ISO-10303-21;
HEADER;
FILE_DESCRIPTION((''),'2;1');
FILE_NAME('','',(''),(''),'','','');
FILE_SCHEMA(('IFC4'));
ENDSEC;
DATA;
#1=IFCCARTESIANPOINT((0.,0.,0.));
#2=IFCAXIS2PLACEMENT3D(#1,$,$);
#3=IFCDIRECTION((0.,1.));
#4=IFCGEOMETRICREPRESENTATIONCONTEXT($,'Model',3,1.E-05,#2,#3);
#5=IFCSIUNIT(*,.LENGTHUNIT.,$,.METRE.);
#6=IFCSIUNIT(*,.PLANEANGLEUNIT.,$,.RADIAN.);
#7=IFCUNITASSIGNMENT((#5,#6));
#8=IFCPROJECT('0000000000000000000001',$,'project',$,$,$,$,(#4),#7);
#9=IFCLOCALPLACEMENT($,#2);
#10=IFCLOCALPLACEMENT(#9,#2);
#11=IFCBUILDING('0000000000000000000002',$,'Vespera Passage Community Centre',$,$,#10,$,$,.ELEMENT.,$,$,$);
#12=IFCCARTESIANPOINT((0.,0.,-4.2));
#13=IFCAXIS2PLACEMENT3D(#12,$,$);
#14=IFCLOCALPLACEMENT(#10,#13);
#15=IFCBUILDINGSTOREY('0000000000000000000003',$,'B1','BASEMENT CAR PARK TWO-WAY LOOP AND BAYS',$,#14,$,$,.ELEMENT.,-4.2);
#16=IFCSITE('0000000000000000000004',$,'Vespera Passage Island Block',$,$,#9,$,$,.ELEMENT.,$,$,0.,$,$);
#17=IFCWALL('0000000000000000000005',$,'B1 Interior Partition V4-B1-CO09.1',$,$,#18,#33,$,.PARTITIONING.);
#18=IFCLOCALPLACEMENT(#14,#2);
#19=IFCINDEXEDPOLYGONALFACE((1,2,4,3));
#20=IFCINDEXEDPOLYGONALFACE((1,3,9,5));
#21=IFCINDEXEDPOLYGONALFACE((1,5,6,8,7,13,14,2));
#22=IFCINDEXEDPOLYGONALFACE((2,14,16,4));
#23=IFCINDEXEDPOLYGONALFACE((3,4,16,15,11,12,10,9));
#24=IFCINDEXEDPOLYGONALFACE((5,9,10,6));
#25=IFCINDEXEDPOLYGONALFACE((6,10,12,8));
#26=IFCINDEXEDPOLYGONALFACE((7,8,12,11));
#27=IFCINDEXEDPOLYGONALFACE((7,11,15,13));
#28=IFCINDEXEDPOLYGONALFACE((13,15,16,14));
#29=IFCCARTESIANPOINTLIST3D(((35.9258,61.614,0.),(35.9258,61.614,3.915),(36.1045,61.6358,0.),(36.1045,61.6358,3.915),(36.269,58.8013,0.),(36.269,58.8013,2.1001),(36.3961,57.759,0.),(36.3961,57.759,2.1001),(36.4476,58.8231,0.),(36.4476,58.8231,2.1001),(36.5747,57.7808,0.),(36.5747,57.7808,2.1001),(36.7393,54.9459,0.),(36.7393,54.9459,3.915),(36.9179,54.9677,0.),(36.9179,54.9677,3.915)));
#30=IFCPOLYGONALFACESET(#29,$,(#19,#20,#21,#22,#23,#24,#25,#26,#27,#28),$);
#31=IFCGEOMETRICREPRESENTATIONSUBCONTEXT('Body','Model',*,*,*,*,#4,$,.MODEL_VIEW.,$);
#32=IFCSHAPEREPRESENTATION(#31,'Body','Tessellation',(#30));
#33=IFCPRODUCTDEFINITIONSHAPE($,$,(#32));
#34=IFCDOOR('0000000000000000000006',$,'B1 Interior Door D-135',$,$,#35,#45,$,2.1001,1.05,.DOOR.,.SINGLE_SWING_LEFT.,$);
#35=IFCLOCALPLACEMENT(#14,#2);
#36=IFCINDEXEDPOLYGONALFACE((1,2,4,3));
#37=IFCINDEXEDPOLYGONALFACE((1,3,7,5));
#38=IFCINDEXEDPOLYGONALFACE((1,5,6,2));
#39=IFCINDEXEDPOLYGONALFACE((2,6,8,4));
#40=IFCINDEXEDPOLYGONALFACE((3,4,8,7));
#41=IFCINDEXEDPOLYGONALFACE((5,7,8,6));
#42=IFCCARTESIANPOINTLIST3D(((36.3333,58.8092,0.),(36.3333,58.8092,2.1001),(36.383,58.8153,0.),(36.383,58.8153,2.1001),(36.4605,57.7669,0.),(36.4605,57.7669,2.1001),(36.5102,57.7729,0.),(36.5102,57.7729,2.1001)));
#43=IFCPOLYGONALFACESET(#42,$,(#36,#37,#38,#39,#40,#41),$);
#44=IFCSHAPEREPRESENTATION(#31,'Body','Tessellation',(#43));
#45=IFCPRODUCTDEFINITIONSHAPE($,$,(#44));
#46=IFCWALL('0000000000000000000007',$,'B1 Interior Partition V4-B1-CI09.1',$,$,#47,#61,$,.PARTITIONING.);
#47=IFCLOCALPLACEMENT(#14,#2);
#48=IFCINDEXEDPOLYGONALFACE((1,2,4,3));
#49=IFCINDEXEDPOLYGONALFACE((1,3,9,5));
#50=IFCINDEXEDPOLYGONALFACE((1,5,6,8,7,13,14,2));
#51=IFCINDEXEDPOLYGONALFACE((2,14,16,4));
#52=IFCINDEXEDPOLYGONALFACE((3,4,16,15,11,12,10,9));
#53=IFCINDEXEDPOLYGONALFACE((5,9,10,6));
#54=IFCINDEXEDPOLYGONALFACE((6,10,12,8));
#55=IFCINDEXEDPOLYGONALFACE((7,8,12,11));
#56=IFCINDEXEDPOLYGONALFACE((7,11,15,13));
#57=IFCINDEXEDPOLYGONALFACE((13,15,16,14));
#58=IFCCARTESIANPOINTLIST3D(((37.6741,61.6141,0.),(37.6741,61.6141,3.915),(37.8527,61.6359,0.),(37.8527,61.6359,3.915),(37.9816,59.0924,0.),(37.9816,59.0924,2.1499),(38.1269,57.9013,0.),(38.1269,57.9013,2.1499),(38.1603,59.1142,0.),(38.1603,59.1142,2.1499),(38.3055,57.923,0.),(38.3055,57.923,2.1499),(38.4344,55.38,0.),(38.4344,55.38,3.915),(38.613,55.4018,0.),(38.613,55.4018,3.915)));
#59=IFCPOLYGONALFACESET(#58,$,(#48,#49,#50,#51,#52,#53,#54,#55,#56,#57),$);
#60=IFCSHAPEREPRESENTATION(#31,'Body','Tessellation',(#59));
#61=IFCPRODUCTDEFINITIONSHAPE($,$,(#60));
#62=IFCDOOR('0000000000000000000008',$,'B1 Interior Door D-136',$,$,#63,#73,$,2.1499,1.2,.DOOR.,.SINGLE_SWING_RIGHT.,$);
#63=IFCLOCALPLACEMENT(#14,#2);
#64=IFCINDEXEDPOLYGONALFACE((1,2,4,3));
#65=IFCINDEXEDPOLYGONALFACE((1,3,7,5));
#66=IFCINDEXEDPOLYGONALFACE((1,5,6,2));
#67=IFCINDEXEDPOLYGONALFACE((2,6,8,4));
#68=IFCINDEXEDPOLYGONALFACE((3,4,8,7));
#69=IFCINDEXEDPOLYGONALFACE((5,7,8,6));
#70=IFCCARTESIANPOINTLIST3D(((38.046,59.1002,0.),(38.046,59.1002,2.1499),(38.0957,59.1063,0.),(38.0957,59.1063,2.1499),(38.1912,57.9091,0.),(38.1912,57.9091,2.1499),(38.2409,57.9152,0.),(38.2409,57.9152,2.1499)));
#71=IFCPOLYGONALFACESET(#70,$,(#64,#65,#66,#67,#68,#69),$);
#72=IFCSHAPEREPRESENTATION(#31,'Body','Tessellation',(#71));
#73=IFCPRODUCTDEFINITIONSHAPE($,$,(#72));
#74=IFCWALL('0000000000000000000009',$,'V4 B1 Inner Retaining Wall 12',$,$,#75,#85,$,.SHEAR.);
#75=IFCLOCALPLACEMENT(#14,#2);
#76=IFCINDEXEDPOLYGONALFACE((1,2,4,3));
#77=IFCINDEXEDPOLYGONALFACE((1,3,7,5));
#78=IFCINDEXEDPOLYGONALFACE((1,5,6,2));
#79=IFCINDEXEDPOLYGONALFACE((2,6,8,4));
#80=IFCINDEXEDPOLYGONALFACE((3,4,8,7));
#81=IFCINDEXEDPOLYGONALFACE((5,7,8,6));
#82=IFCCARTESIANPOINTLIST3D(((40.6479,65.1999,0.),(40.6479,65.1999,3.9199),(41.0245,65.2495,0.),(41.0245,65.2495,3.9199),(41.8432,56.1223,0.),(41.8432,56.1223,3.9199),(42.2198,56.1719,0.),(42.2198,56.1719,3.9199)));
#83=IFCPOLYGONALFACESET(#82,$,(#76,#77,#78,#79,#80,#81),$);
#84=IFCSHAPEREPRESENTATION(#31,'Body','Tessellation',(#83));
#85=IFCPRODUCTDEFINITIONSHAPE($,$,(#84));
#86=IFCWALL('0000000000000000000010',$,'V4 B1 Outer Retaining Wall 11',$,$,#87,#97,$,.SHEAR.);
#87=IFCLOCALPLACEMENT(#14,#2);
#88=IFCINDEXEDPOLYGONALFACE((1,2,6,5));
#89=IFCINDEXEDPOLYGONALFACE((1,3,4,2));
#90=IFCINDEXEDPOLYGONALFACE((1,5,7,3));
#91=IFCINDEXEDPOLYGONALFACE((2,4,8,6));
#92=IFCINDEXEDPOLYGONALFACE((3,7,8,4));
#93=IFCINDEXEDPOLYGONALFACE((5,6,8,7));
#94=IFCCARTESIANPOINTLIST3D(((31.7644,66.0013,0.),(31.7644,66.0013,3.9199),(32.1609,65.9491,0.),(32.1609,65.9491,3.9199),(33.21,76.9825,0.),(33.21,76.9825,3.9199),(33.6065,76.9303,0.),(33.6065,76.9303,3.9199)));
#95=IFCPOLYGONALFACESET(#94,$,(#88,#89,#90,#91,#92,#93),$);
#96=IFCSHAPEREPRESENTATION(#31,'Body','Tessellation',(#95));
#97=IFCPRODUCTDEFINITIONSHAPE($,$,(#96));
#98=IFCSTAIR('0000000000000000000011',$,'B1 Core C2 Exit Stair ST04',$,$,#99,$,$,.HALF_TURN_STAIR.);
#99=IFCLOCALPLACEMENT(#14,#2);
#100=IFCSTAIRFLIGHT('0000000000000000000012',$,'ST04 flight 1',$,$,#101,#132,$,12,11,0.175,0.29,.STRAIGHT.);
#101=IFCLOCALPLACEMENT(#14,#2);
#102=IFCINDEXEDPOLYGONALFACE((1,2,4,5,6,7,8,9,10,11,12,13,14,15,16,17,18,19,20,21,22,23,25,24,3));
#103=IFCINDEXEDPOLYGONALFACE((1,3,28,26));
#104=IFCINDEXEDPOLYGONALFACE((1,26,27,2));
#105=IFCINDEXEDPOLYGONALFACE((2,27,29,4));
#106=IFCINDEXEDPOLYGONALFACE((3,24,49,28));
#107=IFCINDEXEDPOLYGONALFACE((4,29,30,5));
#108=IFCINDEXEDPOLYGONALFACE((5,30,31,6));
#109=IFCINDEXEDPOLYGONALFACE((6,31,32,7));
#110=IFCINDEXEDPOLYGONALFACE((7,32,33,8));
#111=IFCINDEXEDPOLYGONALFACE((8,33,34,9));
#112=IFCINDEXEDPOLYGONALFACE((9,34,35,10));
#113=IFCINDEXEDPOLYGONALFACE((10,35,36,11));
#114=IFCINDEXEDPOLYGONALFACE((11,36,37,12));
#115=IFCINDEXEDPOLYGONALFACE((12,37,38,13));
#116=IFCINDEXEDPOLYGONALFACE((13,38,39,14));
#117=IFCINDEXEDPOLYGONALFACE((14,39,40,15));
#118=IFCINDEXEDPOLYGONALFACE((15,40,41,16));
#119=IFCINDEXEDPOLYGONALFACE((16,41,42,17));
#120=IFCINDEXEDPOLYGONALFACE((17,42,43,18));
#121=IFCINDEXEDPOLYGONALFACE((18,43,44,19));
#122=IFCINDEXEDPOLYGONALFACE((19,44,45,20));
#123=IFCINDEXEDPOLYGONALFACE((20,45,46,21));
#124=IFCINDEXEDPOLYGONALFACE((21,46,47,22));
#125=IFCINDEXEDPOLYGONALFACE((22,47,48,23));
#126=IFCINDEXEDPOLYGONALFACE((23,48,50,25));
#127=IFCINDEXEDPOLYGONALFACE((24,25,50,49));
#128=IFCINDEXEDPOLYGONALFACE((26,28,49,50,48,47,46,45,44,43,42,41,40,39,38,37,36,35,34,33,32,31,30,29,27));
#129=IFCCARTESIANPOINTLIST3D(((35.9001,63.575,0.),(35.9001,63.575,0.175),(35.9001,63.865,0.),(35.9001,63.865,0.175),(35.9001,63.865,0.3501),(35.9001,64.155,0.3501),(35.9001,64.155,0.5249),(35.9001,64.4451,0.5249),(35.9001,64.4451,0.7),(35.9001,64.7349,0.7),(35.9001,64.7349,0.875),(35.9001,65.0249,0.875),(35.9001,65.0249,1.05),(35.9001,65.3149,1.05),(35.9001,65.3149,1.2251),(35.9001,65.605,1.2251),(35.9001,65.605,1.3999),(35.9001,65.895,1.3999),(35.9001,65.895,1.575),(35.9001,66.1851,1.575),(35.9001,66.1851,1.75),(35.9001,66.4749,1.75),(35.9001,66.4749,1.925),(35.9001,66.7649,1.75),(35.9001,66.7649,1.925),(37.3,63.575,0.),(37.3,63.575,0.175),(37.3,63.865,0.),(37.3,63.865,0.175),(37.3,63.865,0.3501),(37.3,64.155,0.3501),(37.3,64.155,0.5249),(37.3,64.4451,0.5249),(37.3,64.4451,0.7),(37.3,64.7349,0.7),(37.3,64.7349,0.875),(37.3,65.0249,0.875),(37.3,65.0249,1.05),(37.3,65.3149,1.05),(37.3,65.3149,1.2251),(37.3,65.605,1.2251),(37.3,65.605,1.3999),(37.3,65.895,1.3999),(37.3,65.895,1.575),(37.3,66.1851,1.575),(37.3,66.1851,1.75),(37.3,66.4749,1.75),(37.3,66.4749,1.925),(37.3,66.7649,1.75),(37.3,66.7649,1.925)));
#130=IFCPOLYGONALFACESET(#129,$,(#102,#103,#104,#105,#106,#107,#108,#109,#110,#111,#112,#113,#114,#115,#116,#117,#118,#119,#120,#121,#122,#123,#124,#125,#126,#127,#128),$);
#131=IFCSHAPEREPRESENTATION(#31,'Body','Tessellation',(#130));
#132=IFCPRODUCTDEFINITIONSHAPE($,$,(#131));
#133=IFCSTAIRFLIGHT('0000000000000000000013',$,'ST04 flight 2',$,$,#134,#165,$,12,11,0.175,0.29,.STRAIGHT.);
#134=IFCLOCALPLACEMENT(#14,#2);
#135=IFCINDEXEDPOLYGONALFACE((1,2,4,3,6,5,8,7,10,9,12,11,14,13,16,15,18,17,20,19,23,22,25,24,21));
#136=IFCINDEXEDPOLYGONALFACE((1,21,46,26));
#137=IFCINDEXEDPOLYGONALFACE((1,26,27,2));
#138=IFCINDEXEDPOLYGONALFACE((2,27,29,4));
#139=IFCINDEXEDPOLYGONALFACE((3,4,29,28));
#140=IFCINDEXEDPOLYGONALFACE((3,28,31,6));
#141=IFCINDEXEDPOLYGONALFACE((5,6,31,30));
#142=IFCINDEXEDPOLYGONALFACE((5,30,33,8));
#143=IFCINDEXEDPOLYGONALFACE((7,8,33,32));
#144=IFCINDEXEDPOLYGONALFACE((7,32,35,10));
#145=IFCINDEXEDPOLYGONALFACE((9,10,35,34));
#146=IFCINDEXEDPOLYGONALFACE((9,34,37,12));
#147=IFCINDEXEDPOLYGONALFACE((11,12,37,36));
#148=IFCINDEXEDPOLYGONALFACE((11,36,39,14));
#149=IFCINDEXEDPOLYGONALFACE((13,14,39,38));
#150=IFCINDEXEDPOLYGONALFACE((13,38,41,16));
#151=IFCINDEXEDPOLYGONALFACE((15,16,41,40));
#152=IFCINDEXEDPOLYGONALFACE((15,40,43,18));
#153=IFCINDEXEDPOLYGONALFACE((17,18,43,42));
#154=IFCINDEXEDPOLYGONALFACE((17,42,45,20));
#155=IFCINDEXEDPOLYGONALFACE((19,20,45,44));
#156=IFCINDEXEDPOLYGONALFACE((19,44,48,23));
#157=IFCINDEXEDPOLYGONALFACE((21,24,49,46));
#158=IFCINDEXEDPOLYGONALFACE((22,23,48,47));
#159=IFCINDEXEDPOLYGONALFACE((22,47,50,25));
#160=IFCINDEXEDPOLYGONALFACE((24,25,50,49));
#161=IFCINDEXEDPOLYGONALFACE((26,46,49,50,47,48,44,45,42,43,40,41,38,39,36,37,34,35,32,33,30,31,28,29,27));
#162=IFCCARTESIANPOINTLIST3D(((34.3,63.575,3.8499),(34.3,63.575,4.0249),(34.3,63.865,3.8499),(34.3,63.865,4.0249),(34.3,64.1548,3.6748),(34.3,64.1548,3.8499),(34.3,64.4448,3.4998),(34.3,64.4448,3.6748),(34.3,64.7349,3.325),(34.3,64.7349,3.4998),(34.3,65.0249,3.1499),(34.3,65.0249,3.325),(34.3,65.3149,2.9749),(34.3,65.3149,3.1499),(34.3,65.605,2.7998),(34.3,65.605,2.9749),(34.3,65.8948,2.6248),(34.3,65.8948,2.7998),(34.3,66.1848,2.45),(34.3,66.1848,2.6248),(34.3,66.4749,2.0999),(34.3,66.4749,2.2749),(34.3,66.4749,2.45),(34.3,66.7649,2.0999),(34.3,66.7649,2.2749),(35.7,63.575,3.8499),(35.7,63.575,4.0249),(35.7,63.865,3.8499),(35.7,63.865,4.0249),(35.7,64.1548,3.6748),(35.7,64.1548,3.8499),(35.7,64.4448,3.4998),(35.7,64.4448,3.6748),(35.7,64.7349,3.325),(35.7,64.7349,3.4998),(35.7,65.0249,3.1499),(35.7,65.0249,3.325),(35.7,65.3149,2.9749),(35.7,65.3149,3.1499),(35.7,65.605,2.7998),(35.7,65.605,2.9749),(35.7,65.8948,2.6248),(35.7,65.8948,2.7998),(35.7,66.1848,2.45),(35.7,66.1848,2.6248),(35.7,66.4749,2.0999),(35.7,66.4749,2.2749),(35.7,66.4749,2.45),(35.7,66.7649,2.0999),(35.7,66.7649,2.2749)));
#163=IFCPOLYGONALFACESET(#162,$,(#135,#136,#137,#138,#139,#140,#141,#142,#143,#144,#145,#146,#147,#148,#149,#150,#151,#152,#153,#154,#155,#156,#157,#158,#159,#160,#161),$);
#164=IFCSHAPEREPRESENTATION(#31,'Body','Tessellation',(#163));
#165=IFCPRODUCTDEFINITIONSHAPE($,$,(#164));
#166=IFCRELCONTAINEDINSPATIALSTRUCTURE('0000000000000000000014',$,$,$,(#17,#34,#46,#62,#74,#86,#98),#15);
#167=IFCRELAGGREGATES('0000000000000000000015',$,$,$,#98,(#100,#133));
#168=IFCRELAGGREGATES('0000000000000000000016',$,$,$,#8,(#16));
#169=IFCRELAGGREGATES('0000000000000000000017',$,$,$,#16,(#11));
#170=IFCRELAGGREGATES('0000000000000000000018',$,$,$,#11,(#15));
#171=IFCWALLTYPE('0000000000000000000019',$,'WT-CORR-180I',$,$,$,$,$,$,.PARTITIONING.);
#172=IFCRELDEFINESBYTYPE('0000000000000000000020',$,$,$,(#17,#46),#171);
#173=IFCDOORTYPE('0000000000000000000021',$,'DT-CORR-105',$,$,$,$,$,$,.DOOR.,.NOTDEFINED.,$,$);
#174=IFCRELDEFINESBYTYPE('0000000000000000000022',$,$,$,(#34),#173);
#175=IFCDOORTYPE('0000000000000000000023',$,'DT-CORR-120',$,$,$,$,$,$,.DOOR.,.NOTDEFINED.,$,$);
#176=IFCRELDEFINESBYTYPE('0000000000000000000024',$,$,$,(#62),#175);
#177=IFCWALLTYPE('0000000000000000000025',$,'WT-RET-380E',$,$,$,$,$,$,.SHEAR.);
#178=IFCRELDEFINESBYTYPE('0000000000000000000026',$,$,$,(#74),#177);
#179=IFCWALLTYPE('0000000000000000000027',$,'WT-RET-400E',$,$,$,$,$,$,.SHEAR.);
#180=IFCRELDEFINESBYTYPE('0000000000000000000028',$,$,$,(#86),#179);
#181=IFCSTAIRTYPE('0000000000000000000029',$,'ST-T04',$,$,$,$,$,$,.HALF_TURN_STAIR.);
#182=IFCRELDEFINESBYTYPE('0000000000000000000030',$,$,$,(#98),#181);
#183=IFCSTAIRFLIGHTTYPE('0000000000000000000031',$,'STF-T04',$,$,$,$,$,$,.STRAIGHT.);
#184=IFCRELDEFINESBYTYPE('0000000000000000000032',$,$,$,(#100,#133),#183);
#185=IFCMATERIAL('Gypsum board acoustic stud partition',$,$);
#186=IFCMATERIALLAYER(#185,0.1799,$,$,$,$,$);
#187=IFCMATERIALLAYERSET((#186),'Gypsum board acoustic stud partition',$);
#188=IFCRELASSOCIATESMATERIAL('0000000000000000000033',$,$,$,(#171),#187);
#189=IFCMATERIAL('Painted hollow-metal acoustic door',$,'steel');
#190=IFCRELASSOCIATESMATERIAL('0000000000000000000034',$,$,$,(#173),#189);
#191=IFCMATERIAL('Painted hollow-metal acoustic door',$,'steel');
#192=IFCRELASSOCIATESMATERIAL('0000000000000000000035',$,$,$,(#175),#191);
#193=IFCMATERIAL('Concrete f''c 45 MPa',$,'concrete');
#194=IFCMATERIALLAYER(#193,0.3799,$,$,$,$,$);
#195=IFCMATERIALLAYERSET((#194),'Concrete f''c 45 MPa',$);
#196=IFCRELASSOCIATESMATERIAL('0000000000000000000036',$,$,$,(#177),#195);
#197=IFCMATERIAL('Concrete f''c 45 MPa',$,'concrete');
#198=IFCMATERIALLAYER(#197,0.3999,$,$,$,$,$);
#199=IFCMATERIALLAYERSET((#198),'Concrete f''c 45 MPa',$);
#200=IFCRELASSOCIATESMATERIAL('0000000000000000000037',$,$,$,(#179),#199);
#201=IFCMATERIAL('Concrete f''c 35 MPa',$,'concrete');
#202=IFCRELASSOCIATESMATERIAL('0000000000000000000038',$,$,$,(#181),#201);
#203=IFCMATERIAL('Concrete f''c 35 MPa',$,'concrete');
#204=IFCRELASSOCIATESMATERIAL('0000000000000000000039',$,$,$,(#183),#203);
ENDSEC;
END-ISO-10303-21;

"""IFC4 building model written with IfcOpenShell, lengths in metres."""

from ifc_helpers import new_model, si_unit, direction, frame, frame_2d, origin, place, context, subcontext, project, spatial, polyline, rectangle, outline, extrude, material, layer, layer_set, type_object, element, fill, aggregate, save


model = new_model("IFC4")

# Units and contexts
model_context = context("Model", 3, precision=1e-05, world=origin(), true_north=direction((0.0, 1.0)))
body_context = subcontext(model_context, "Body", "Model", "MODEL_VIEW")
ifc_project = project(units=[si_unit("LENGTHUNIT", "METRE"), si_unit("PLANEANGLEUNIT", "RADIAN")], contexts=[model_context])

# Site, building, storey
site_placement = place(None, origin())
site = spatial("IfcSite", under=ifc_project, at=site_placement, Name="Vespera Passage Island Block", CompositionType="ELEMENT", RefElevation=0.0)
building_placement = place(site_placement, origin())
building = spatial("IfcBuilding", under=site, at=building_placement, Name="Vespera Passage Community Centre", CompositionType="ELEMENT")
storey_placement = place(building_placement, frame((0.0, 0.0, -4.2)))
storey = spatial("IfcBuildingStorey", under=building, at=storey_placement, Name="B1", Description="BASEMENT CAR PARK TWO-WAY LOOP AND BAYS", CompositionType="ELEMENT", Elevation=-4.2)

# Walls, openings, doors
ifc_material_1 = material(Name="Gypsum board acoustic stud partition")
ifc_layer_1 = layer(ifc_material_1, 0.1799)
ifc_layer_set_1 = layer_set([ifc_layer_1], Name="Gypsum board acoustic stud partition")
wall_type_1 = type_object("IfcWallType", Name="WT-CORR-180I", PredefinedType="PARTITIONING", material=ifc_layer_set_1)
wall_1_placement = place(storey_placement, frame((36.0151, 61.625, 0.0), z_axis=(0.0, 0.0, 1.0), x_axis=(0.121095, -0.992641, 0.0)))
wall_1 = element("IfcWall", 1, at=wall_1_placement, inside=storey, type_object=wall_type_1, Name="B1 Interior Partition V4-B1-CO09.1", PredefinedType="PARTITIONING", context=body_context, shape_type="SweptSolid", body=[
    extrude(rectangle(XDim=6.7175, YDim=0.1799, at=frame_2d((3.3589, 0.0))), origin(), (0.0, 0.0, 1.0), 3.915),
])
opening_1_placement = place(wall_1_placement, frame((2.8337, 0.0, 0.0)))
opening_1 = element("IfcOpeningElement", 2, at=opening_1_placement, cuts=wall_1, PredefinedType="OPENING", context=body_context, shape_type="SweptSolid", body=[
    extrude(rectangle(XDim=1.05, YDim=2.1001, at=frame_2d((0.5249, 1.05))), frame((0.0, 0.0999, 0.0), z_axis=(0.0, -1.0, 0.0), x_axis=(1.0, 0.0, 0.0)), (0.0, 0.0, 1.0), 0.2),
])
ifc_material_2 = material(Name="Painted hollow-metal acoustic door", Category="steel")
door_type_1 = type_object("IfcDoorType", Name="DT-CORR-105", OperationType="NOTDEFINED", PredefinedType="DOOR", material=ifc_material_2)
door_1_placement = place(opening_1_placement, origin())
door_1 = element("IfcDoor", 3, at=door_1_placement, inside=storey, type_object=door_type_1, Name="B1 Interior Door D-135", OperationType="SINGLE_SWING_LEFT", OverallHeight=2.1001, OverallWidth=1.05, PredefinedType="DOOR", context=body_context, shape_type="SweptSolid", body=[
    extrude(rectangle(XDim=1.05, YDim=2.1001, at=frame_2d((0.5249, 1.05))), frame((0.0, 0.0249, 0.0), z_axis=(0.0, -1.0, 0.0), x_axis=(1.0, 0.0, 0.0)), (0.0, 0.0, 1.0), 0.05),
])
fill(opening_1, door_1)
wall_2_placement = place(storey_placement, frame((37.7634, 61.625, 0.0), z_axis=(0.0, 0.0, 1.0), x_axis=(0.121053, -0.992646, 0.0)))
wall_2 = element("IfcWall", 4, at=wall_2_placement, inside=storey, type_object=wall_type_1, Name="B1 Interior Partition V4-B1-CI09.1", PredefinedType="PARTITIONING", context=body_context, shape_type="SweptSolid", body=[
    extrude(rectangle(XDim=6.2803, YDim=0.1799, at=frame_2d((3.1401, 0.0))), origin(), (0.0, 0.0, 1.0), 3.915),
])
opening_2_placement = place(wall_2_placement, frame((2.5403, 0.0, 0.0)))
opening_2 = element("IfcOpeningElement", 5, at=opening_2_placement, cuts=wall_2, PredefinedType="OPENING", context=body_context, shape_type="SweptSolid", body=[
    extrude(rectangle(XDim=1.2, YDim=2.1499, at=frame_2d((0.6001, 1.075))), frame((0.0, 0.0999, 0.0), z_axis=(0.0, -1.0, 0.0), x_axis=(1.0, 0.0, 0.0)), (0.0, 0.0, 1.0), 0.2),
])
ifc_material_3 = material(Name="Painted hollow-metal acoustic door", Category="steel")
door_type_2 = type_object("IfcDoorType", Name="DT-CORR-120", OperationType="NOTDEFINED", PredefinedType="DOOR", material=ifc_material_3)
door_2_placement = place(opening_2_placement, origin())
door_2 = element("IfcDoor", 6, at=door_2_placement, inside=storey, type_object=door_type_2, Name="B1 Interior Door D-136", OperationType="SINGLE_SWING_RIGHT", OverallHeight=2.1499, OverallWidth=1.2, PredefinedType="DOOR", context=body_context, shape_type="SweptSolid", body=[
    extrude(rectangle(XDim=1.2, YDim=2.1499, at=frame_2d((0.6001, 1.075))), frame((0.0, 0.0249, 0.0), z_axis=(0.0, -1.0, 0.0), x_axis=(1.0, 0.0, 0.0)), (0.0, 0.0, 1.0), 0.05),
])
fill(opening_2, door_2)

# Walls
ifc_material_4 = material(Name="Concrete f'c 45 MPa", Category="concrete")
ifc_layer_2 = layer(ifc_material_4, 0.3799)
ifc_layer_set_2 = layer_set([ifc_layer_2], Name="Concrete f'c 45 MPa")
wall_type_2 = type_object("IfcWallType", Name="WT-RET-380E", PredefinedType="SHEAR", material=ifc_layer_set_2)
wall_3_placement = place(storey_placement, frame((40.8362, 65.2249, 0.0), z_axis=(0.0, 0.0, 1.0), x_axis=(0.13055, -0.991442, 0.0)))
element("IfcWall", 7, at=wall_3_placement, inside=storey, type_object=wall_type_2, Name="V4 B1 Inner Retaining Wall 12", PredefinedType="SHEAR", context=body_context, shape_type="SweptSolid", body=[
    extrude(rectangle(XDim=9.156, YDim=0.3799, at=frame_2d((4.5781, 0.0))), origin(), (0.0, 0.0, 1.0), 3.9199),
])
ifc_material_5 = material(Name="Concrete f'c 45 MPa", Category="concrete")
ifc_layer_3 = layer(ifc_material_5, 0.3999)
ifc_layer_set_3 = layer_set([ifc_layer_3], Name="Concrete f'c 45 MPa")
wall_type_3 = type_object("IfcWallType", Name="WT-RET-400E", PredefinedType="SHEAR", material=ifc_layer_set_3)
wall_4_placement = place(storey_placement, frame((31.9626, 65.9751, 0.0), z_axis=(0.0, 0.0, 1.0), x_axis=(0.130513, 0.991447, 0.0)))
element("IfcWall", 8, at=wall_4_placement, inside=storey, type_object=wall_type_3, Name="V4 B1 Outer Retaining Wall 11", PredefinedType="SHEAR", context=body_context, shape_type="SweptSolid", body=[
    extrude(rectangle(XDim=11.0759, YDim=0.3999, at=frame_2d((5.5381, 0.0))), origin(), (0.0, 0.0, 1.0), 3.9199),
])

# Stair, stair flights
ifc_material_6 = material(Name="Concrete f'c 35 MPa", Category="concrete")
stair_type = type_object("IfcStairType", Name="ST-T04", PredefinedType="HALF_TURN_STAIR", material=ifc_material_6)
stair_placement = place(storey_placement, origin())
stair = element("IfcStair", 9, at=stair_placement, inside=storey, type_object=stair_type, Name="B1 Core C2 Exit Stair ST04", PredefinedType="HALF_TURN_STAIR")
ifc_material_7 = material(Name="Concrete f'c 35 MPa", Category="concrete")
stair_flight_type = type_object("IfcStairFlightType", Name="STF-T04", PredefinedType="STRAIGHT", material=ifc_material_7)
stair_flight_1_placement = place(storey_placement, frame((36.6001, 63.575, 0.0), z_axis=(0.0, 0.0, 1.0), x_axis=(0.0, 1.0, 0.0)))
stair_flight_1 = element("IfcStairFlight", 10, at=stair_flight_1_placement, type_object=stair_flight_type, Name="ST04 flight 1", NumberOfRisers=12, NumberOfTreads=11, PredefinedType="STRAIGHT", RiserHeight=0.175, TreadLength=0.29, context=body_context, shape_type="SweptSolid", body=[
    extrude(outline(polyline([(0.0, 0.0), (0.0, 0.175), (0.29, 0.175), (0.29, 0.3501), (0.5801, 0.3501), (0.5801, 0.5249), (0.8701, 0.5249), (0.8701, 0.7), (1.1599, 0.7), (1.1599, 0.875), (1.45, 0.875), (1.45, 1.05), (1.74, 1.05), (1.74, 1.2251), (2.03, 1.2251), (2.03, 1.3999), (2.3201, 1.3999), (2.3201, 1.575), (2.6101, 1.575), (2.6101, 1.75), (2.8999, 1.75), (2.8999, 1.925), (3.1899, 1.925), (3.1899, 2.1001), (3.1899, 1.75), (0.29, 0.0), (0.0, 0.0)])), frame((0.0, 0.7, 0.0), z_axis=(0.0, -1.0, 0.0), x_axis=(1.0, 0.0, 0.0)), (0.0, 0.0, 1.0), 1.3999),
])
stair_flight_2_placement = place(storey_placement, frame((35.0, 66.7649, 2.0999), z_axis=(0.0, 0.0, 1.0), x_axis=(0.0, -1.0, 0.0)))
stair_flight_2 = element("IfcStairFlight", 11, at=stair_flight_2_placement, type_object=stair_flight_type, Name="ST04 flight 2", NumberOfRisers=12, NumberOfTreads=11, PredefinedType="STRAIGHT", RiserHeight=0.175, TreadLength=0.29, context=body_context, shape_type="SweptSolid", body=[
    extrude(outline(polyline([(0.0, 0.0), (0.0, 0.175), (0.29, 0.175), (0.29, 0.3501), (0.5801, 0.3501), (0.5801, 0.5249), (0.8701, 0.5249), (0.8701, 0.7), (1.1599, 0.7), (1.1599, 0.875), (1.45, 0.875), (1.45, 1.05), (1.74, 1.05), (1.74, 1.2251), (2.03, 1.2251), (2.03, 1.3999), (2.3201, 1.3999), (2.3201, 1.575), (2.6101, 1.575), (2.6101, 1.75), (2.8999, 1.75), (2.8999, 1.925), (3.1899, 1.925), (3.1899, 2.1001), (3.1899, 1.75), (0.29, 0.0), (0.0, 0.0)])), frame((0.0, 0.7, 0.0), z_axis=(0.0, -1.0, 0.0), x_axis=(1.0, 0.0, 0.0)), (0.0, 0.0, 1.0), 1.3999),
])
aggregate(stair, [stair_flight_1, stair_flight_2])

save(model, "model.ifc")
